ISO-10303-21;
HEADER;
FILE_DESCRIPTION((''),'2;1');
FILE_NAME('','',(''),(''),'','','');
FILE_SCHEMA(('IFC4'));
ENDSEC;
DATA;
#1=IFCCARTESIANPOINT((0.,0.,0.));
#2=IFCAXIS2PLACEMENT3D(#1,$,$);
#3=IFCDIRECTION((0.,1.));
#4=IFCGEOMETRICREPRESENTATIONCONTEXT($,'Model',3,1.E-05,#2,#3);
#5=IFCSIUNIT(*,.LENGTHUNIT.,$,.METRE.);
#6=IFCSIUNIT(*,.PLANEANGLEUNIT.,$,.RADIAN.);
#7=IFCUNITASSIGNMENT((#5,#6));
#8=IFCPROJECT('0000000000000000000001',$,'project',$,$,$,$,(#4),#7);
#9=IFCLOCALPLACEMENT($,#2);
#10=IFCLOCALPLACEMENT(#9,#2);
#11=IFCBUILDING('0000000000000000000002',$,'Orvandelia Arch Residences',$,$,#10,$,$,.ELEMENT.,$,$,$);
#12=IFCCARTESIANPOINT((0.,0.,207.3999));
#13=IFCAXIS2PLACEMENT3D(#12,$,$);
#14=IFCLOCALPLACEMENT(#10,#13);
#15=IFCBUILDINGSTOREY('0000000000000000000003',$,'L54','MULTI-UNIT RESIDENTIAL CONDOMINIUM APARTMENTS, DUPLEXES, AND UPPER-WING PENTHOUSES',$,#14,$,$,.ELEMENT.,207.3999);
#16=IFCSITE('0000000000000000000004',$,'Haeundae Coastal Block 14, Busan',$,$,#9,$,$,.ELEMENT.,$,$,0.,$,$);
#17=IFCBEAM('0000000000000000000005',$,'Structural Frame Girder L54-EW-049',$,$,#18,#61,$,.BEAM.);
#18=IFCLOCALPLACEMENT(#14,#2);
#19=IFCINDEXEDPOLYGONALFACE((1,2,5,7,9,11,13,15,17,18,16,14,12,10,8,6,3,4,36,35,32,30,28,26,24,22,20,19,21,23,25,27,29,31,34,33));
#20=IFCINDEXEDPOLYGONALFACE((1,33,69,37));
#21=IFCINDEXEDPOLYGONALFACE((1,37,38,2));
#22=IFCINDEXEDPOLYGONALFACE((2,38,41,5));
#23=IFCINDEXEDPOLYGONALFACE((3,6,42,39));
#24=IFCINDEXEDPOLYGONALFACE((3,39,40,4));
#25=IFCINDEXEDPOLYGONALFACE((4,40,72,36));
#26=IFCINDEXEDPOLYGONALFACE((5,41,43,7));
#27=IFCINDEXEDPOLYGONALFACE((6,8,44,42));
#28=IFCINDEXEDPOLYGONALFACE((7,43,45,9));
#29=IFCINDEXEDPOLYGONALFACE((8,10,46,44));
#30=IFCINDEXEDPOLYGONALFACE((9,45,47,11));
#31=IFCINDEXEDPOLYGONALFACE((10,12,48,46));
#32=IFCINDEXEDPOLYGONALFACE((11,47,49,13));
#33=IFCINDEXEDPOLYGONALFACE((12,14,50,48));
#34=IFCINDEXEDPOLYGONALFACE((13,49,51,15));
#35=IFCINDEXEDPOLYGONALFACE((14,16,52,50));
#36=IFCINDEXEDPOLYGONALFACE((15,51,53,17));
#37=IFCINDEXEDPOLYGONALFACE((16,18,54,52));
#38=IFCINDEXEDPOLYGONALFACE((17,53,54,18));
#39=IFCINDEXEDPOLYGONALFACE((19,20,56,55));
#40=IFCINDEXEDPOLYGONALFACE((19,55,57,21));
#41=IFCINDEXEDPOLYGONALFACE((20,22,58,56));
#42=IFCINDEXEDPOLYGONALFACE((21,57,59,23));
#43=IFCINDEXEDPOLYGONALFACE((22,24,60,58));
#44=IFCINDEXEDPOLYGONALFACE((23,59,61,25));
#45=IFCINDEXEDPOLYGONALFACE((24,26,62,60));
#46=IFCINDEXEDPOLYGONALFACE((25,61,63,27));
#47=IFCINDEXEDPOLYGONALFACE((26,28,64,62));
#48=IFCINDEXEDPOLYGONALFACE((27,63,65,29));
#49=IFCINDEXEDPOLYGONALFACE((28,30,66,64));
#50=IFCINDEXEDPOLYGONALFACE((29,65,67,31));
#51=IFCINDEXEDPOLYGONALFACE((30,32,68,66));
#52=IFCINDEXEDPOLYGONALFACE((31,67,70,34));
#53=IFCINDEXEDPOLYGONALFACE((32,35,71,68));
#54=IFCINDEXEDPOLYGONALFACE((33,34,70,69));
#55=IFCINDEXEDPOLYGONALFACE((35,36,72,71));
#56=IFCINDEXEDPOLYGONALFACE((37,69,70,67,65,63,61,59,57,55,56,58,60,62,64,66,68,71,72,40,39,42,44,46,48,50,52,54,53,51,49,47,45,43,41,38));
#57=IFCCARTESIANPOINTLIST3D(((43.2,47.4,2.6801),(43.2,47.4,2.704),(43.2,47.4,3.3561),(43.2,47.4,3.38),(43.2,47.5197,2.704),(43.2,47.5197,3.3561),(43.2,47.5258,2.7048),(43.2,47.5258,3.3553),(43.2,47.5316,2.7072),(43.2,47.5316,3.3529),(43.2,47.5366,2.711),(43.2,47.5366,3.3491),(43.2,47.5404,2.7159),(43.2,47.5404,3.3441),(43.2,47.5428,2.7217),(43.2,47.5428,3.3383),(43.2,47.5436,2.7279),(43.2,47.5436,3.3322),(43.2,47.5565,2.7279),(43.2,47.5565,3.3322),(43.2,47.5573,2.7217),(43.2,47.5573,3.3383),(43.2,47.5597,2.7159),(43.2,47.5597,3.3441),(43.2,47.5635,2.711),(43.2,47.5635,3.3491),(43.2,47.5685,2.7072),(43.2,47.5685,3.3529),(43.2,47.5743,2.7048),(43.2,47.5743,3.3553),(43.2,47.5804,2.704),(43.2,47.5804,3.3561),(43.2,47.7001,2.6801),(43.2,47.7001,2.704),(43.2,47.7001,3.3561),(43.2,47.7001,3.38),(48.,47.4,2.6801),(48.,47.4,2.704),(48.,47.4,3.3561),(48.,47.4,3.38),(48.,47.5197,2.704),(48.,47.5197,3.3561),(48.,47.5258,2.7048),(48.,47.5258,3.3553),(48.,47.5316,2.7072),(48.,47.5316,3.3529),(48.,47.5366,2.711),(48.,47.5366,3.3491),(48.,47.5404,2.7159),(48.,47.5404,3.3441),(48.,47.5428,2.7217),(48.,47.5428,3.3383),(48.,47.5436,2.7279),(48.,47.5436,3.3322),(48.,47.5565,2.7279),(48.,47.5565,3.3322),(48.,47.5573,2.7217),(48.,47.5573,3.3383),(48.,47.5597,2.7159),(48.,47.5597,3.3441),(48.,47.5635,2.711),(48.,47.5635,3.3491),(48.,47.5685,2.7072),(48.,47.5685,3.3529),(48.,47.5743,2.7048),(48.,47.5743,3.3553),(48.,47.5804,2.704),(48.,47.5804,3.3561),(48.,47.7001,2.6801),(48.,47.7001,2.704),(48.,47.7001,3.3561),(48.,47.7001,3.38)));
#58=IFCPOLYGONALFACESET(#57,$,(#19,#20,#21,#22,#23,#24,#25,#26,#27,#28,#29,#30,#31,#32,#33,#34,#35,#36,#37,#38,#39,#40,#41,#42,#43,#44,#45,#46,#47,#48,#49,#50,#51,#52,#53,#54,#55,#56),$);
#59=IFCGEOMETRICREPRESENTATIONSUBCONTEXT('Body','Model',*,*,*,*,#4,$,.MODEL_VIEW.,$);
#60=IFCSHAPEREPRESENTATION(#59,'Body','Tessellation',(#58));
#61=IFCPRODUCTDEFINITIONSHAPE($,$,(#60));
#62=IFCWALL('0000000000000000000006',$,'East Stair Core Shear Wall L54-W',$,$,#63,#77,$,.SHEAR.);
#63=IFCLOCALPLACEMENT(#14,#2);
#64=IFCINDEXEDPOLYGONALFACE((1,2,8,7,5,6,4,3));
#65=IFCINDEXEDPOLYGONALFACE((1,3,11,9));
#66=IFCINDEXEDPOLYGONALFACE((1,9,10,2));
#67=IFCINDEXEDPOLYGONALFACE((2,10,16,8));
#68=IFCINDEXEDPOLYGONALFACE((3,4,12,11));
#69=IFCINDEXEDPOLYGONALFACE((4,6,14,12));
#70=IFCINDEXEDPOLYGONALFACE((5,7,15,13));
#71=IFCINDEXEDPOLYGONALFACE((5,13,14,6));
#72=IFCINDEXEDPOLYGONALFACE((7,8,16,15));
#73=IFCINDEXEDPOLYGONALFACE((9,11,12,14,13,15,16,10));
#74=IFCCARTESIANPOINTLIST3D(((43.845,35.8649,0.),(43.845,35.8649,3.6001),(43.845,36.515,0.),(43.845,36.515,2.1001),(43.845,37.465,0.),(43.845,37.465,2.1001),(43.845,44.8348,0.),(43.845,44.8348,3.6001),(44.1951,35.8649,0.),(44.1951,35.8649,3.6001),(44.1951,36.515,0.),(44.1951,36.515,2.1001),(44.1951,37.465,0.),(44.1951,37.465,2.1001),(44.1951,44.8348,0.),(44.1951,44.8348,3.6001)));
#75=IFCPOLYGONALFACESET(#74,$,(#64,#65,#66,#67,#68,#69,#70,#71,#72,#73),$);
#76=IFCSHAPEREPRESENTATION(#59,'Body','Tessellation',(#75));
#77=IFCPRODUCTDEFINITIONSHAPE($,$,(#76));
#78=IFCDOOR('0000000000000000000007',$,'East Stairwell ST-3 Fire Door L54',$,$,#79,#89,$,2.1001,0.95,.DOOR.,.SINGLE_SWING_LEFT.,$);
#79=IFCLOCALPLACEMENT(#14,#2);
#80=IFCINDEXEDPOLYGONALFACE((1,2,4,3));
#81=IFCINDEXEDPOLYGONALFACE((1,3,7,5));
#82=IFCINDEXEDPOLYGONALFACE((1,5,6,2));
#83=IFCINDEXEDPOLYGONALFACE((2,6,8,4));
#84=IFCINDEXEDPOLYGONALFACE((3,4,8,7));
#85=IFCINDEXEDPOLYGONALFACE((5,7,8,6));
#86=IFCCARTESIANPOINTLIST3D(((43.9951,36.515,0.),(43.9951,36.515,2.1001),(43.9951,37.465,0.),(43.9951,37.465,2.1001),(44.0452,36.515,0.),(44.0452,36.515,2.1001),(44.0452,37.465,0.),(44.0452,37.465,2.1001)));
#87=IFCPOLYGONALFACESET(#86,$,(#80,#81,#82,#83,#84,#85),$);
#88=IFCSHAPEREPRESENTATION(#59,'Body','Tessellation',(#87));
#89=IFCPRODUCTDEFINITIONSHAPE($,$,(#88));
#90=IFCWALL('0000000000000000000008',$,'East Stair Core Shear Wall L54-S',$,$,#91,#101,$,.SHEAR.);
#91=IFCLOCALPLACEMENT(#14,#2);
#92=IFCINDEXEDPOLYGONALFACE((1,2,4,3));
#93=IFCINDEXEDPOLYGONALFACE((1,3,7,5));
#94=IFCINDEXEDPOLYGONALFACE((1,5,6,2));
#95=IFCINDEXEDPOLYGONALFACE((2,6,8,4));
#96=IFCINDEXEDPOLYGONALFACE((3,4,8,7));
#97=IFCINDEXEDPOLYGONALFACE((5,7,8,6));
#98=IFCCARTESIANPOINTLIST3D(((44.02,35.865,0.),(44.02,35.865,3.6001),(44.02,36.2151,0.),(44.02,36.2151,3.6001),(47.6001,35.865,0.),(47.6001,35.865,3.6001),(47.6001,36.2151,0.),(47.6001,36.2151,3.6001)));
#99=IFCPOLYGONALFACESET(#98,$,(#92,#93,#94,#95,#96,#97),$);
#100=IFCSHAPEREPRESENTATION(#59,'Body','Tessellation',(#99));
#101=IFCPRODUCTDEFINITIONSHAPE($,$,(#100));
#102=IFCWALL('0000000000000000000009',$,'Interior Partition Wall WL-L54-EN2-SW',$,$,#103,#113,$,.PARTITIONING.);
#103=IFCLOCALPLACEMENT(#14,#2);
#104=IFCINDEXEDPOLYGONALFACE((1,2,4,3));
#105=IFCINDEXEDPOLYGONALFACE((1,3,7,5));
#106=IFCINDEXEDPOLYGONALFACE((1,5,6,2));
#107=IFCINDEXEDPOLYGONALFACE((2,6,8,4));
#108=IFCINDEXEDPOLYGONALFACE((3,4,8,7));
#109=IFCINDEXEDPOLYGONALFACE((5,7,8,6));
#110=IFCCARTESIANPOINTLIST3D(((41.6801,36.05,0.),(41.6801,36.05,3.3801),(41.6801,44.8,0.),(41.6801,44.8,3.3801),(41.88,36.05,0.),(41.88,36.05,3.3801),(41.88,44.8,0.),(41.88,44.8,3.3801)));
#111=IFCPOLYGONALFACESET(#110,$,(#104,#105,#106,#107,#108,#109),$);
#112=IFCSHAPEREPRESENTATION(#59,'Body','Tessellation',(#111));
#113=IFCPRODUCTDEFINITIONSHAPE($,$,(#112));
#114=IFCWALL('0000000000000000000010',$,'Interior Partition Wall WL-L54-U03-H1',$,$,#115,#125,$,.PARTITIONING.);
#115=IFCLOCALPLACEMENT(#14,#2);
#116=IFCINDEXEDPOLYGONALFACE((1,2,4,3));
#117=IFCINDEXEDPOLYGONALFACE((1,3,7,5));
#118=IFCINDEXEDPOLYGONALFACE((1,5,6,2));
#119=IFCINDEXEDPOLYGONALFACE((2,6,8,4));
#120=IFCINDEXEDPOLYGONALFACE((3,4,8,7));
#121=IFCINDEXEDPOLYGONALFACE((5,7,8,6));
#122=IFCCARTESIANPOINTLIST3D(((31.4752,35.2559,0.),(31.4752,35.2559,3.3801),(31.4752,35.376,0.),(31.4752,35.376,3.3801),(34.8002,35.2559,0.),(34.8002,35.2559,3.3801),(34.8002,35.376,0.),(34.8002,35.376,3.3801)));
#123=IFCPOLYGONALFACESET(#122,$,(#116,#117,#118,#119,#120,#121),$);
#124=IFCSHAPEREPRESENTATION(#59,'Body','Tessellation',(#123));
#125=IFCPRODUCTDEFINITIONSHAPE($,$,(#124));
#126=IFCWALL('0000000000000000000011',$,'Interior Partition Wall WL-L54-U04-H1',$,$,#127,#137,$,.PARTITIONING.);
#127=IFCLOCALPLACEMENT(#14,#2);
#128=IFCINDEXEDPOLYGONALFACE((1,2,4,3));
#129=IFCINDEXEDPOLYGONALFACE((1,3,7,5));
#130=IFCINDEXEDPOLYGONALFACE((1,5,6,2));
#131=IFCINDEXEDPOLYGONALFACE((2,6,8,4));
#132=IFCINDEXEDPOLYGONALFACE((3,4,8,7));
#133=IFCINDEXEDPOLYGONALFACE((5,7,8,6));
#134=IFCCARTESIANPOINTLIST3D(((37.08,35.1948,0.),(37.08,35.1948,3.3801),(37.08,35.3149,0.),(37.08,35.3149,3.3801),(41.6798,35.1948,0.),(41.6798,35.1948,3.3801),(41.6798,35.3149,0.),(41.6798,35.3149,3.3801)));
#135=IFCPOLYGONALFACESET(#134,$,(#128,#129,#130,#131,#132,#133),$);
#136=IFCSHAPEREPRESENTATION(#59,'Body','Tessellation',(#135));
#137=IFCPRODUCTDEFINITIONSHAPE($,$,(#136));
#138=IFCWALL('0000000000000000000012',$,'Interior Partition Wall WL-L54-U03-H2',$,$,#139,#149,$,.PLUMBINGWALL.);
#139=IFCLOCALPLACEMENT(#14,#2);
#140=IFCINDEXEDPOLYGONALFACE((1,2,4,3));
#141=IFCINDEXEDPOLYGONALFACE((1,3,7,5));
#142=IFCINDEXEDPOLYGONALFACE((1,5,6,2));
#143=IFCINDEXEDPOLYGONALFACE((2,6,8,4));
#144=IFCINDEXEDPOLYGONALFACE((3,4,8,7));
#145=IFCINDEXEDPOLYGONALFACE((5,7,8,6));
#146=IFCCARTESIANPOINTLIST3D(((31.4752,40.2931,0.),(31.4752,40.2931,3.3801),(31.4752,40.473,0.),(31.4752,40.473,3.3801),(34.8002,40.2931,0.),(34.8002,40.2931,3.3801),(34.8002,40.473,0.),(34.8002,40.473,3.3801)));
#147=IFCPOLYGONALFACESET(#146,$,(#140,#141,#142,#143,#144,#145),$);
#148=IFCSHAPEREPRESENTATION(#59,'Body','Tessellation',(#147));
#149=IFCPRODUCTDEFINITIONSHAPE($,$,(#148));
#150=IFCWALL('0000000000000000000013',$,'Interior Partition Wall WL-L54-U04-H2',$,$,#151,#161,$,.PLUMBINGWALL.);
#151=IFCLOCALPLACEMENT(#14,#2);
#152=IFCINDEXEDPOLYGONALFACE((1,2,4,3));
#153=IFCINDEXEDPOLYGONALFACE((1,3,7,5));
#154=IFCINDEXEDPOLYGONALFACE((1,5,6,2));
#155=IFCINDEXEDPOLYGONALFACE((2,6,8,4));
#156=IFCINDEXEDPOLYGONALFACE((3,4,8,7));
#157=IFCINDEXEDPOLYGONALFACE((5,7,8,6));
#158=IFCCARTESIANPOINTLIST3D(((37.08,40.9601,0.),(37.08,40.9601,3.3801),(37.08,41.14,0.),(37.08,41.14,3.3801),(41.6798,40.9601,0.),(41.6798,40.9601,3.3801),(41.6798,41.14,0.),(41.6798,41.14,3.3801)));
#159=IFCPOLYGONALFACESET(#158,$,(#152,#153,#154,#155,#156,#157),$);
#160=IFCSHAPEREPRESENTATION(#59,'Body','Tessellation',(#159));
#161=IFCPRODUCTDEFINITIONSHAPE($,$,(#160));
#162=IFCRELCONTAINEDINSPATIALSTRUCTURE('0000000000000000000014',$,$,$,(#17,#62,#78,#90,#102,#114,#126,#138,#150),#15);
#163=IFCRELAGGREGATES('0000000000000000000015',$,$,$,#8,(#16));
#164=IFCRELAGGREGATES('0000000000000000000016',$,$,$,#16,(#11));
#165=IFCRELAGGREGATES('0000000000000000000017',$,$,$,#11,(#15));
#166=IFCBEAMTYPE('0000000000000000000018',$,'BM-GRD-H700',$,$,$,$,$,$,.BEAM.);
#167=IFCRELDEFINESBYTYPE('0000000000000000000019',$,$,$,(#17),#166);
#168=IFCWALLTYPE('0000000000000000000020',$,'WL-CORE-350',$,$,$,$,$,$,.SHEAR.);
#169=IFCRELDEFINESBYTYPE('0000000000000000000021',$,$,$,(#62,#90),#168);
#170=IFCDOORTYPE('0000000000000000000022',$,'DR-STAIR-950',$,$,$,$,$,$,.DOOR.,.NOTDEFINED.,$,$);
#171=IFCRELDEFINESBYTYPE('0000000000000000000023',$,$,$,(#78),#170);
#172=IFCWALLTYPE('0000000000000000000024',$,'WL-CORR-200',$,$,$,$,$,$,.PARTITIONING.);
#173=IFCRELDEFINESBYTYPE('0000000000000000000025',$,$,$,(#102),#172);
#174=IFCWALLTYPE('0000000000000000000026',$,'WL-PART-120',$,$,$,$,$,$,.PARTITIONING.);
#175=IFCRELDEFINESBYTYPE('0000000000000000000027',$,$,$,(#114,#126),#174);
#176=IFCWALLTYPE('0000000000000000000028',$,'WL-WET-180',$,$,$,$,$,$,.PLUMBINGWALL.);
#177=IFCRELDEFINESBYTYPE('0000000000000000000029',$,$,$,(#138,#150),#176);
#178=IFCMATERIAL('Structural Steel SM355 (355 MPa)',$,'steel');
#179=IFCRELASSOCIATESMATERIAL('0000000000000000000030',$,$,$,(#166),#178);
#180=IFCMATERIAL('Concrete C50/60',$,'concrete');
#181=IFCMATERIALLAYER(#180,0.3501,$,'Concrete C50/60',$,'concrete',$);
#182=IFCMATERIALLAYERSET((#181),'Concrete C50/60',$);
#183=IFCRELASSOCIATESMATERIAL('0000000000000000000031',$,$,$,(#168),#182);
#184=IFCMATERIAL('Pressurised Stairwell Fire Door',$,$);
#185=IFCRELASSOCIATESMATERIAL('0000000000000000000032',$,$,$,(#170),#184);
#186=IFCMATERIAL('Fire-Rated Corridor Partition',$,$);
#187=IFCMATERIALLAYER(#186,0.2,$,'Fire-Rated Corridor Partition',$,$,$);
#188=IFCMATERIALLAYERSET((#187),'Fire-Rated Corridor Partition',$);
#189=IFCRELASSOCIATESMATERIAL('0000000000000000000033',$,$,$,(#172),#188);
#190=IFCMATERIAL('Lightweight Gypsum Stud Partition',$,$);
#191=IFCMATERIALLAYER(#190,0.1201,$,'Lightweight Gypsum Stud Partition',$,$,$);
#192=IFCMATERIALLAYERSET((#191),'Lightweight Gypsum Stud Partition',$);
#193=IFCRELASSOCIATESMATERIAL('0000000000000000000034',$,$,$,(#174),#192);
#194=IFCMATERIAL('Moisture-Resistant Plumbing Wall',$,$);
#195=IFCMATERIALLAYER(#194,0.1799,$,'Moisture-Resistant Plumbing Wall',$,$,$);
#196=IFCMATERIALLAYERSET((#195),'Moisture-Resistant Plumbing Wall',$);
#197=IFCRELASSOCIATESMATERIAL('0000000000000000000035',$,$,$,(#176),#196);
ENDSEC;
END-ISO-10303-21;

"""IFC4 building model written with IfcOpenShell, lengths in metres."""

from ifc_helpers import new_model, si_unit, direction, frame, frame_2d, origin, origin_2d, place, context, subcontext, project, spatial, rectangle, i_section, extrude, material, layer, layer_set, material_profile, profile_set, type_object, element, fill, save


model = new_model("IFC4")

# Units and contexts
model_context = context("Model", 3, precision=1e-05, world=origin(), true_north=direction((0.0, 1.0)))
body_context = subcontext(model_context, "Body", "Model", "MODEL_VIEW")
ifc_project = project(units=[si_unit("LENGTHUNIT", "METRE"), si_unit("PLANEANGLEUNIT", "RADIAN")], contexts=[model_context])

# Site, building, storey
site_placement = place(None, origin())
site = spatial("IfcSite", under=ifc_project, at=site_placement, Name="Haeundae Coastal Block 14, Busan", CompositionType="ELEMENT", RefElevation=0.0)
building_placement = place(site_placement, origin())
building = spatial("IfcBuilding", under=site, at=building_placement, Name="Orvandelia Arch Residences", CompositionType="ELEMENT")
storey_placement = place(building_placement, frame((0.0, 0.0, 207.3999)))
storey = spatial("IfcBuildingStorey", under=building, at=storey_placement, Name="L54", Description="MULTI-UNIT RESIDENTIAL CONDOMINIUM APARTMENTS, DUPLEXES, AND UPPER-WING PENTHOUSES", CompositionType="ELEMENT", Elevation=207.3999)

# Beam
ifc_material_1 = material(Name="Structural Steel SM355 (355 MPa)", Category="steel")
ifc_material_profile_1 = material_profile(ifc_material_1, i_section(OverallWidth=0.3, OverallDepth=0.7, WebThickness=0.0129, FlangeThickness=0.0239, FilletRadius=0.0239, at=origin_2d()), Name="Structural Steel SM355 (355 MPa)", Category="steel")
ifc_profile_set_1 = profile_set([ifc_material_profile_1], Name="Structural Steel SM355 (355 MPa)")
beam_type = type_object("IfcBeamType", Name="BM-GRD-H700", PredefinedType="BEAM", material=ifc_profile_set_1)
for number, where, z_axis, x_axis, name in (
    (1, (43.2, 47.55, 3.03), (1.0, 0.0, 0.0), (0.0, 1.0, 0.0), "Structural Frame Girder L54-EW-049"),
):
    element("IfcBeam", number, at=place(storey_placement, frame(where, z_axis=z_axis, x_axis=x_axis)), inside=storey, type_object=beam_type, Name=name, PredefinedType="BEAM", context=body_context, shape_type="SweptSolid", body=[
        extrude(i_section(OverallWidth=0.3, OverallDepth=0.7, WebThickness=0.0129, FlangeThickness=0.0239, FilletRadius=0.0239, at=origin_2d()), origin(), (0.0, 0.0, 1.0), 4.8),
    ])

# Wall, opening, door
ifc_material_2 = material(Name="Concrete C50/60", Category="concrete")
ifc_layer_1 = layer(ifc_material_2, 0.3501, Name="Concrete C50/60", Category="concrete")
ifc_layer_set_1 = layer_set([ifc_layer_1], Name="Concrete C50/60")
wall_type_1 = type_object("IfcWallType", Name="WL-CORE-350", PredefinedType="SHEAR", material=ifc_layer_set_1)
wall_1_placement = place(storey_placement, frame((44.02, 35.865, 0.0), z_axis=(0.0, 0.0, 1.0), x_axis=(0.0, 1.0, 0.0)))
wall_1 = element("IfcWall", 2, at=wall_1_placement, inside=storey, type_object=wall_type_1, Name="East Stair Core Shear Wall L54-W", PredefinedType="SHEAR", context=body_context, shape_type="SweptSolid", body=[
    extrude(rectangle(XDim=8.97, YDim=0.3501, at=frame_2d((4.4849, 0.0))), origin(), (0.0, 0.0, 1.0), 3.6001),
])
opening_1_placement = place(wall_1_placement, frame((0.6499, 0.0, 0.0)))
opening_1 = element("IfcOpeningElement", 3, at=opening_1_placement, cuts=wall_1, PredefinedType="OPENING", context=body_context, shape_type="SweptSolid", body=[
    extrude(rectangle(XDim=0.95, YDim=2.1001, at=frame_2d((0.4751, 1.05))), frame((0.0, 0.1851, 0.0), z_axis=(0.0, -1.0, 0.0), x_axis=(1.0, 0.0, 0.0)), (0.0, 0.0, 1.0), 0.3701),
])
ifc_material_3 = material(Name="Pressurised Stairwell Fire Door")
door_type_1 = type_object("IfcDoorType", Name="DR-STAIR-950", OperationType="NOTDEFINED", PredefinedType="DOOR", material=ifc_material_3)
door_1_placement = place(opening_1_placement, origin())
door_1 = element("IfcDoor", 4, at=door_1_placement, inside=storey, type_object=door_type_1, Name="East Stairwell ST-3 Fire Door L54", OperationType="SINGLE_SWING_LEFT", OverallHeight=2.1001, OverallWidth=0.95, PredefinedType="DOOR", context=body_context, shape_type="SweptSolid", body=[
    extrude(rectangle(XDim=0.95, YDim=2.1001, at=frame_2d((0.4751, 1.05))), frame((0.0, 0.0249, 0.0), z_axis=(0.0, -1.0, 0.0), x_axis=(1.0, 0.0, 0.0)), (0.0, 0.0, 1.0), 0.05),
])
fill(opening_1, door_1)

# Walls
wall_2_placement = place(storey_placement, frame((44.02, 36.04, 0.0), z_axis=(0.0, 0.0, 1.0), x_axis=(1.0, 0.0, 0.0)))
element("IfcWall", 5, at=wall_2_placement, inside=storey, type_object=wall_type_1, Name="East Stair Core Shear Wall L54-S", PredefinedType="SHEAR", context=body_context, shape_type="SweptSolid", body=[
    extrude(rectangle(XDim=3.5801, YDim=0.3501, at=frame_2d((1.79, 0.0))), origin(), (0.0, 0.0, 1.0), 3.6001),
])
ifc_material_4 = material(Name="Fire-Rated Corridor Partition")
ifc_layer_2 = layer(ifc_material_4, 0.2, Name="Fire-Rated Corridor Partition")
ifc_layer_set_2 = layer_set([ifc_layer_2], Name="Fire-Rated Corridor Partition")
wall_type_2 = type_object("IfcWallType", Name="WL-CORR-200", PredefinedType="PARTITIONING", material=ifc_layer_set_2)
wall_3_placement = place(storey_placement, frame((41.78, 36.05, 0.0), z_axis=(0.0, 0.0, 1.0), x_axis=(0.0, 1.0, 0.0)))
element("IfcWall", 6, at=wall_3_placement, inside=storey, type_object=wall_type_2, Name="Interior Partition Wall WL-L54-EN2-SW", PredefinedType="PARTITIONING", context=body_context, shape_type="SweptSolid", body=[
    extrude(rectangle(XDim=8.75, YDim=0.2, at=frame_2d((4.375, 0.0))), origin(), (0.0, 0.0, 1.0), 3.3801),
])

# Wall
ifc_material_5 = material(Name="Lightweight Gypsum Stud Partition")
ifc_layer_3 = layer(ifc_material_5, 0.1201, Name="Lightweight Gypsum Stud Partition")
ifc_layer_set_3 = layer_set([ifc_layer_3], Name="Lightweight Gypsum Stud Partition")
wall_type_3 = type_object("IfcWallType", Name="WL-PART-120", PredefinedType="PARTITIONING", material=ifc_layer_set_3)
wall_4_placement = place(storey_placement, frame((31.4751, 35.3159, 0.0), z_axis=(0.0, 0.0, 1.0), x_axis=(1.0, 0.0, 0.0)))
element("IfcWall", 7, at=wall_4_placement, inside=storey, type_object=wall_type_3, Name="Interior Partition Wall WL-L54-U03-H1", PredefinedType="PARTITIONING", context=body_context, shape_type="SweptSolid", body=[
    extrude(rectangle(XDim=3.325, YDim=0.1201, at=frame_2d((1.6626, 0.0))), origin(), (0.0, 0.0, 1.0), 3.3801),
])

# Walls
wall_5_placement = place(storey_placement, frame((37.0801, 35.2549, 0.0), z_axis=(0.0, 0.0, 1.0), x_axis=(1.0, 0.0, 0.0)))
element("IfcWall", 8, at=wall_5_placement, inside=storey, type_object=wall_type_3, Name="Interior Partition Wall WL-L54-U04-H1", PredefinedType="PARTITIONING", context=body_context, shape_type="SweptSolid", body=[
    extrude(rectangle(XDim=4.5999, YDim=0.1201, at=frame_2d((2.2998, 0.0))), origin(), (0.0, 0.0, 1.0), 3.3801),
])
ifc_material_6 = material(Name="Moisture-Resistant Plumbing Wall")
ifc_layer_4 = layer(ifc_material_6, 0.1799, Name="Moisture-Resistant Plumbing Wall")
ifc_layer_set_4 = layer_set([ifc_layer_4], Name="Moisture-Resistant Plumbing Wall")
wall_type_4 = type_object("IfcWallType", Name="WL-WET-180", PredefinedType="PLUMBINGWALL", material=ifc_layer_set_4)
wall_6_placement = place(storey_placement, frame((31.4751, 40.3831, 0.0), z_axis=(0.0, 0.0, 1.0), x_axis=(1.0, 0.0, 0.0)))
element("IfcWall", 9, at=wall_6_placement, inside=storey, type_object=wall_type_4, Name="Interior Partition Wall WL-L54-U03-H2", PredefinedType="PLUMBINGWALL", context=body_context, shape_type="SweptSolid", body=[
    extrude(rectangle(XDim=3.325, YDim=0.1799, at=frame_2d((1.6626, 0.0))), origin(), (0.0, 0.0, 1.0), 3.3801),
])
wall_7_placement = place(storey_placement, frame((37.0801, 41.05, 0.0), z_axis=(0.0, 0.0, 1.0), x_axis=(1.0, 0.0, 0.0)))
element("IfcWall", 10, at=wall_7_placement, inside=storey, type_object=wall_type_4, Name="Interior Partition Wall WL-L54-U04-H2", PredefinedType="PLUMBINGWALL", context=body_context, shape_type="SweptSolid", body=[
    extrude(rectangle(XDim=4.5999, YDim=0.1799, at=frame_2d((2.2998, 0.0))), origin(), (0.0, 0.0, 1.0), 3.3801),
])

save(model, "model.ifc")
